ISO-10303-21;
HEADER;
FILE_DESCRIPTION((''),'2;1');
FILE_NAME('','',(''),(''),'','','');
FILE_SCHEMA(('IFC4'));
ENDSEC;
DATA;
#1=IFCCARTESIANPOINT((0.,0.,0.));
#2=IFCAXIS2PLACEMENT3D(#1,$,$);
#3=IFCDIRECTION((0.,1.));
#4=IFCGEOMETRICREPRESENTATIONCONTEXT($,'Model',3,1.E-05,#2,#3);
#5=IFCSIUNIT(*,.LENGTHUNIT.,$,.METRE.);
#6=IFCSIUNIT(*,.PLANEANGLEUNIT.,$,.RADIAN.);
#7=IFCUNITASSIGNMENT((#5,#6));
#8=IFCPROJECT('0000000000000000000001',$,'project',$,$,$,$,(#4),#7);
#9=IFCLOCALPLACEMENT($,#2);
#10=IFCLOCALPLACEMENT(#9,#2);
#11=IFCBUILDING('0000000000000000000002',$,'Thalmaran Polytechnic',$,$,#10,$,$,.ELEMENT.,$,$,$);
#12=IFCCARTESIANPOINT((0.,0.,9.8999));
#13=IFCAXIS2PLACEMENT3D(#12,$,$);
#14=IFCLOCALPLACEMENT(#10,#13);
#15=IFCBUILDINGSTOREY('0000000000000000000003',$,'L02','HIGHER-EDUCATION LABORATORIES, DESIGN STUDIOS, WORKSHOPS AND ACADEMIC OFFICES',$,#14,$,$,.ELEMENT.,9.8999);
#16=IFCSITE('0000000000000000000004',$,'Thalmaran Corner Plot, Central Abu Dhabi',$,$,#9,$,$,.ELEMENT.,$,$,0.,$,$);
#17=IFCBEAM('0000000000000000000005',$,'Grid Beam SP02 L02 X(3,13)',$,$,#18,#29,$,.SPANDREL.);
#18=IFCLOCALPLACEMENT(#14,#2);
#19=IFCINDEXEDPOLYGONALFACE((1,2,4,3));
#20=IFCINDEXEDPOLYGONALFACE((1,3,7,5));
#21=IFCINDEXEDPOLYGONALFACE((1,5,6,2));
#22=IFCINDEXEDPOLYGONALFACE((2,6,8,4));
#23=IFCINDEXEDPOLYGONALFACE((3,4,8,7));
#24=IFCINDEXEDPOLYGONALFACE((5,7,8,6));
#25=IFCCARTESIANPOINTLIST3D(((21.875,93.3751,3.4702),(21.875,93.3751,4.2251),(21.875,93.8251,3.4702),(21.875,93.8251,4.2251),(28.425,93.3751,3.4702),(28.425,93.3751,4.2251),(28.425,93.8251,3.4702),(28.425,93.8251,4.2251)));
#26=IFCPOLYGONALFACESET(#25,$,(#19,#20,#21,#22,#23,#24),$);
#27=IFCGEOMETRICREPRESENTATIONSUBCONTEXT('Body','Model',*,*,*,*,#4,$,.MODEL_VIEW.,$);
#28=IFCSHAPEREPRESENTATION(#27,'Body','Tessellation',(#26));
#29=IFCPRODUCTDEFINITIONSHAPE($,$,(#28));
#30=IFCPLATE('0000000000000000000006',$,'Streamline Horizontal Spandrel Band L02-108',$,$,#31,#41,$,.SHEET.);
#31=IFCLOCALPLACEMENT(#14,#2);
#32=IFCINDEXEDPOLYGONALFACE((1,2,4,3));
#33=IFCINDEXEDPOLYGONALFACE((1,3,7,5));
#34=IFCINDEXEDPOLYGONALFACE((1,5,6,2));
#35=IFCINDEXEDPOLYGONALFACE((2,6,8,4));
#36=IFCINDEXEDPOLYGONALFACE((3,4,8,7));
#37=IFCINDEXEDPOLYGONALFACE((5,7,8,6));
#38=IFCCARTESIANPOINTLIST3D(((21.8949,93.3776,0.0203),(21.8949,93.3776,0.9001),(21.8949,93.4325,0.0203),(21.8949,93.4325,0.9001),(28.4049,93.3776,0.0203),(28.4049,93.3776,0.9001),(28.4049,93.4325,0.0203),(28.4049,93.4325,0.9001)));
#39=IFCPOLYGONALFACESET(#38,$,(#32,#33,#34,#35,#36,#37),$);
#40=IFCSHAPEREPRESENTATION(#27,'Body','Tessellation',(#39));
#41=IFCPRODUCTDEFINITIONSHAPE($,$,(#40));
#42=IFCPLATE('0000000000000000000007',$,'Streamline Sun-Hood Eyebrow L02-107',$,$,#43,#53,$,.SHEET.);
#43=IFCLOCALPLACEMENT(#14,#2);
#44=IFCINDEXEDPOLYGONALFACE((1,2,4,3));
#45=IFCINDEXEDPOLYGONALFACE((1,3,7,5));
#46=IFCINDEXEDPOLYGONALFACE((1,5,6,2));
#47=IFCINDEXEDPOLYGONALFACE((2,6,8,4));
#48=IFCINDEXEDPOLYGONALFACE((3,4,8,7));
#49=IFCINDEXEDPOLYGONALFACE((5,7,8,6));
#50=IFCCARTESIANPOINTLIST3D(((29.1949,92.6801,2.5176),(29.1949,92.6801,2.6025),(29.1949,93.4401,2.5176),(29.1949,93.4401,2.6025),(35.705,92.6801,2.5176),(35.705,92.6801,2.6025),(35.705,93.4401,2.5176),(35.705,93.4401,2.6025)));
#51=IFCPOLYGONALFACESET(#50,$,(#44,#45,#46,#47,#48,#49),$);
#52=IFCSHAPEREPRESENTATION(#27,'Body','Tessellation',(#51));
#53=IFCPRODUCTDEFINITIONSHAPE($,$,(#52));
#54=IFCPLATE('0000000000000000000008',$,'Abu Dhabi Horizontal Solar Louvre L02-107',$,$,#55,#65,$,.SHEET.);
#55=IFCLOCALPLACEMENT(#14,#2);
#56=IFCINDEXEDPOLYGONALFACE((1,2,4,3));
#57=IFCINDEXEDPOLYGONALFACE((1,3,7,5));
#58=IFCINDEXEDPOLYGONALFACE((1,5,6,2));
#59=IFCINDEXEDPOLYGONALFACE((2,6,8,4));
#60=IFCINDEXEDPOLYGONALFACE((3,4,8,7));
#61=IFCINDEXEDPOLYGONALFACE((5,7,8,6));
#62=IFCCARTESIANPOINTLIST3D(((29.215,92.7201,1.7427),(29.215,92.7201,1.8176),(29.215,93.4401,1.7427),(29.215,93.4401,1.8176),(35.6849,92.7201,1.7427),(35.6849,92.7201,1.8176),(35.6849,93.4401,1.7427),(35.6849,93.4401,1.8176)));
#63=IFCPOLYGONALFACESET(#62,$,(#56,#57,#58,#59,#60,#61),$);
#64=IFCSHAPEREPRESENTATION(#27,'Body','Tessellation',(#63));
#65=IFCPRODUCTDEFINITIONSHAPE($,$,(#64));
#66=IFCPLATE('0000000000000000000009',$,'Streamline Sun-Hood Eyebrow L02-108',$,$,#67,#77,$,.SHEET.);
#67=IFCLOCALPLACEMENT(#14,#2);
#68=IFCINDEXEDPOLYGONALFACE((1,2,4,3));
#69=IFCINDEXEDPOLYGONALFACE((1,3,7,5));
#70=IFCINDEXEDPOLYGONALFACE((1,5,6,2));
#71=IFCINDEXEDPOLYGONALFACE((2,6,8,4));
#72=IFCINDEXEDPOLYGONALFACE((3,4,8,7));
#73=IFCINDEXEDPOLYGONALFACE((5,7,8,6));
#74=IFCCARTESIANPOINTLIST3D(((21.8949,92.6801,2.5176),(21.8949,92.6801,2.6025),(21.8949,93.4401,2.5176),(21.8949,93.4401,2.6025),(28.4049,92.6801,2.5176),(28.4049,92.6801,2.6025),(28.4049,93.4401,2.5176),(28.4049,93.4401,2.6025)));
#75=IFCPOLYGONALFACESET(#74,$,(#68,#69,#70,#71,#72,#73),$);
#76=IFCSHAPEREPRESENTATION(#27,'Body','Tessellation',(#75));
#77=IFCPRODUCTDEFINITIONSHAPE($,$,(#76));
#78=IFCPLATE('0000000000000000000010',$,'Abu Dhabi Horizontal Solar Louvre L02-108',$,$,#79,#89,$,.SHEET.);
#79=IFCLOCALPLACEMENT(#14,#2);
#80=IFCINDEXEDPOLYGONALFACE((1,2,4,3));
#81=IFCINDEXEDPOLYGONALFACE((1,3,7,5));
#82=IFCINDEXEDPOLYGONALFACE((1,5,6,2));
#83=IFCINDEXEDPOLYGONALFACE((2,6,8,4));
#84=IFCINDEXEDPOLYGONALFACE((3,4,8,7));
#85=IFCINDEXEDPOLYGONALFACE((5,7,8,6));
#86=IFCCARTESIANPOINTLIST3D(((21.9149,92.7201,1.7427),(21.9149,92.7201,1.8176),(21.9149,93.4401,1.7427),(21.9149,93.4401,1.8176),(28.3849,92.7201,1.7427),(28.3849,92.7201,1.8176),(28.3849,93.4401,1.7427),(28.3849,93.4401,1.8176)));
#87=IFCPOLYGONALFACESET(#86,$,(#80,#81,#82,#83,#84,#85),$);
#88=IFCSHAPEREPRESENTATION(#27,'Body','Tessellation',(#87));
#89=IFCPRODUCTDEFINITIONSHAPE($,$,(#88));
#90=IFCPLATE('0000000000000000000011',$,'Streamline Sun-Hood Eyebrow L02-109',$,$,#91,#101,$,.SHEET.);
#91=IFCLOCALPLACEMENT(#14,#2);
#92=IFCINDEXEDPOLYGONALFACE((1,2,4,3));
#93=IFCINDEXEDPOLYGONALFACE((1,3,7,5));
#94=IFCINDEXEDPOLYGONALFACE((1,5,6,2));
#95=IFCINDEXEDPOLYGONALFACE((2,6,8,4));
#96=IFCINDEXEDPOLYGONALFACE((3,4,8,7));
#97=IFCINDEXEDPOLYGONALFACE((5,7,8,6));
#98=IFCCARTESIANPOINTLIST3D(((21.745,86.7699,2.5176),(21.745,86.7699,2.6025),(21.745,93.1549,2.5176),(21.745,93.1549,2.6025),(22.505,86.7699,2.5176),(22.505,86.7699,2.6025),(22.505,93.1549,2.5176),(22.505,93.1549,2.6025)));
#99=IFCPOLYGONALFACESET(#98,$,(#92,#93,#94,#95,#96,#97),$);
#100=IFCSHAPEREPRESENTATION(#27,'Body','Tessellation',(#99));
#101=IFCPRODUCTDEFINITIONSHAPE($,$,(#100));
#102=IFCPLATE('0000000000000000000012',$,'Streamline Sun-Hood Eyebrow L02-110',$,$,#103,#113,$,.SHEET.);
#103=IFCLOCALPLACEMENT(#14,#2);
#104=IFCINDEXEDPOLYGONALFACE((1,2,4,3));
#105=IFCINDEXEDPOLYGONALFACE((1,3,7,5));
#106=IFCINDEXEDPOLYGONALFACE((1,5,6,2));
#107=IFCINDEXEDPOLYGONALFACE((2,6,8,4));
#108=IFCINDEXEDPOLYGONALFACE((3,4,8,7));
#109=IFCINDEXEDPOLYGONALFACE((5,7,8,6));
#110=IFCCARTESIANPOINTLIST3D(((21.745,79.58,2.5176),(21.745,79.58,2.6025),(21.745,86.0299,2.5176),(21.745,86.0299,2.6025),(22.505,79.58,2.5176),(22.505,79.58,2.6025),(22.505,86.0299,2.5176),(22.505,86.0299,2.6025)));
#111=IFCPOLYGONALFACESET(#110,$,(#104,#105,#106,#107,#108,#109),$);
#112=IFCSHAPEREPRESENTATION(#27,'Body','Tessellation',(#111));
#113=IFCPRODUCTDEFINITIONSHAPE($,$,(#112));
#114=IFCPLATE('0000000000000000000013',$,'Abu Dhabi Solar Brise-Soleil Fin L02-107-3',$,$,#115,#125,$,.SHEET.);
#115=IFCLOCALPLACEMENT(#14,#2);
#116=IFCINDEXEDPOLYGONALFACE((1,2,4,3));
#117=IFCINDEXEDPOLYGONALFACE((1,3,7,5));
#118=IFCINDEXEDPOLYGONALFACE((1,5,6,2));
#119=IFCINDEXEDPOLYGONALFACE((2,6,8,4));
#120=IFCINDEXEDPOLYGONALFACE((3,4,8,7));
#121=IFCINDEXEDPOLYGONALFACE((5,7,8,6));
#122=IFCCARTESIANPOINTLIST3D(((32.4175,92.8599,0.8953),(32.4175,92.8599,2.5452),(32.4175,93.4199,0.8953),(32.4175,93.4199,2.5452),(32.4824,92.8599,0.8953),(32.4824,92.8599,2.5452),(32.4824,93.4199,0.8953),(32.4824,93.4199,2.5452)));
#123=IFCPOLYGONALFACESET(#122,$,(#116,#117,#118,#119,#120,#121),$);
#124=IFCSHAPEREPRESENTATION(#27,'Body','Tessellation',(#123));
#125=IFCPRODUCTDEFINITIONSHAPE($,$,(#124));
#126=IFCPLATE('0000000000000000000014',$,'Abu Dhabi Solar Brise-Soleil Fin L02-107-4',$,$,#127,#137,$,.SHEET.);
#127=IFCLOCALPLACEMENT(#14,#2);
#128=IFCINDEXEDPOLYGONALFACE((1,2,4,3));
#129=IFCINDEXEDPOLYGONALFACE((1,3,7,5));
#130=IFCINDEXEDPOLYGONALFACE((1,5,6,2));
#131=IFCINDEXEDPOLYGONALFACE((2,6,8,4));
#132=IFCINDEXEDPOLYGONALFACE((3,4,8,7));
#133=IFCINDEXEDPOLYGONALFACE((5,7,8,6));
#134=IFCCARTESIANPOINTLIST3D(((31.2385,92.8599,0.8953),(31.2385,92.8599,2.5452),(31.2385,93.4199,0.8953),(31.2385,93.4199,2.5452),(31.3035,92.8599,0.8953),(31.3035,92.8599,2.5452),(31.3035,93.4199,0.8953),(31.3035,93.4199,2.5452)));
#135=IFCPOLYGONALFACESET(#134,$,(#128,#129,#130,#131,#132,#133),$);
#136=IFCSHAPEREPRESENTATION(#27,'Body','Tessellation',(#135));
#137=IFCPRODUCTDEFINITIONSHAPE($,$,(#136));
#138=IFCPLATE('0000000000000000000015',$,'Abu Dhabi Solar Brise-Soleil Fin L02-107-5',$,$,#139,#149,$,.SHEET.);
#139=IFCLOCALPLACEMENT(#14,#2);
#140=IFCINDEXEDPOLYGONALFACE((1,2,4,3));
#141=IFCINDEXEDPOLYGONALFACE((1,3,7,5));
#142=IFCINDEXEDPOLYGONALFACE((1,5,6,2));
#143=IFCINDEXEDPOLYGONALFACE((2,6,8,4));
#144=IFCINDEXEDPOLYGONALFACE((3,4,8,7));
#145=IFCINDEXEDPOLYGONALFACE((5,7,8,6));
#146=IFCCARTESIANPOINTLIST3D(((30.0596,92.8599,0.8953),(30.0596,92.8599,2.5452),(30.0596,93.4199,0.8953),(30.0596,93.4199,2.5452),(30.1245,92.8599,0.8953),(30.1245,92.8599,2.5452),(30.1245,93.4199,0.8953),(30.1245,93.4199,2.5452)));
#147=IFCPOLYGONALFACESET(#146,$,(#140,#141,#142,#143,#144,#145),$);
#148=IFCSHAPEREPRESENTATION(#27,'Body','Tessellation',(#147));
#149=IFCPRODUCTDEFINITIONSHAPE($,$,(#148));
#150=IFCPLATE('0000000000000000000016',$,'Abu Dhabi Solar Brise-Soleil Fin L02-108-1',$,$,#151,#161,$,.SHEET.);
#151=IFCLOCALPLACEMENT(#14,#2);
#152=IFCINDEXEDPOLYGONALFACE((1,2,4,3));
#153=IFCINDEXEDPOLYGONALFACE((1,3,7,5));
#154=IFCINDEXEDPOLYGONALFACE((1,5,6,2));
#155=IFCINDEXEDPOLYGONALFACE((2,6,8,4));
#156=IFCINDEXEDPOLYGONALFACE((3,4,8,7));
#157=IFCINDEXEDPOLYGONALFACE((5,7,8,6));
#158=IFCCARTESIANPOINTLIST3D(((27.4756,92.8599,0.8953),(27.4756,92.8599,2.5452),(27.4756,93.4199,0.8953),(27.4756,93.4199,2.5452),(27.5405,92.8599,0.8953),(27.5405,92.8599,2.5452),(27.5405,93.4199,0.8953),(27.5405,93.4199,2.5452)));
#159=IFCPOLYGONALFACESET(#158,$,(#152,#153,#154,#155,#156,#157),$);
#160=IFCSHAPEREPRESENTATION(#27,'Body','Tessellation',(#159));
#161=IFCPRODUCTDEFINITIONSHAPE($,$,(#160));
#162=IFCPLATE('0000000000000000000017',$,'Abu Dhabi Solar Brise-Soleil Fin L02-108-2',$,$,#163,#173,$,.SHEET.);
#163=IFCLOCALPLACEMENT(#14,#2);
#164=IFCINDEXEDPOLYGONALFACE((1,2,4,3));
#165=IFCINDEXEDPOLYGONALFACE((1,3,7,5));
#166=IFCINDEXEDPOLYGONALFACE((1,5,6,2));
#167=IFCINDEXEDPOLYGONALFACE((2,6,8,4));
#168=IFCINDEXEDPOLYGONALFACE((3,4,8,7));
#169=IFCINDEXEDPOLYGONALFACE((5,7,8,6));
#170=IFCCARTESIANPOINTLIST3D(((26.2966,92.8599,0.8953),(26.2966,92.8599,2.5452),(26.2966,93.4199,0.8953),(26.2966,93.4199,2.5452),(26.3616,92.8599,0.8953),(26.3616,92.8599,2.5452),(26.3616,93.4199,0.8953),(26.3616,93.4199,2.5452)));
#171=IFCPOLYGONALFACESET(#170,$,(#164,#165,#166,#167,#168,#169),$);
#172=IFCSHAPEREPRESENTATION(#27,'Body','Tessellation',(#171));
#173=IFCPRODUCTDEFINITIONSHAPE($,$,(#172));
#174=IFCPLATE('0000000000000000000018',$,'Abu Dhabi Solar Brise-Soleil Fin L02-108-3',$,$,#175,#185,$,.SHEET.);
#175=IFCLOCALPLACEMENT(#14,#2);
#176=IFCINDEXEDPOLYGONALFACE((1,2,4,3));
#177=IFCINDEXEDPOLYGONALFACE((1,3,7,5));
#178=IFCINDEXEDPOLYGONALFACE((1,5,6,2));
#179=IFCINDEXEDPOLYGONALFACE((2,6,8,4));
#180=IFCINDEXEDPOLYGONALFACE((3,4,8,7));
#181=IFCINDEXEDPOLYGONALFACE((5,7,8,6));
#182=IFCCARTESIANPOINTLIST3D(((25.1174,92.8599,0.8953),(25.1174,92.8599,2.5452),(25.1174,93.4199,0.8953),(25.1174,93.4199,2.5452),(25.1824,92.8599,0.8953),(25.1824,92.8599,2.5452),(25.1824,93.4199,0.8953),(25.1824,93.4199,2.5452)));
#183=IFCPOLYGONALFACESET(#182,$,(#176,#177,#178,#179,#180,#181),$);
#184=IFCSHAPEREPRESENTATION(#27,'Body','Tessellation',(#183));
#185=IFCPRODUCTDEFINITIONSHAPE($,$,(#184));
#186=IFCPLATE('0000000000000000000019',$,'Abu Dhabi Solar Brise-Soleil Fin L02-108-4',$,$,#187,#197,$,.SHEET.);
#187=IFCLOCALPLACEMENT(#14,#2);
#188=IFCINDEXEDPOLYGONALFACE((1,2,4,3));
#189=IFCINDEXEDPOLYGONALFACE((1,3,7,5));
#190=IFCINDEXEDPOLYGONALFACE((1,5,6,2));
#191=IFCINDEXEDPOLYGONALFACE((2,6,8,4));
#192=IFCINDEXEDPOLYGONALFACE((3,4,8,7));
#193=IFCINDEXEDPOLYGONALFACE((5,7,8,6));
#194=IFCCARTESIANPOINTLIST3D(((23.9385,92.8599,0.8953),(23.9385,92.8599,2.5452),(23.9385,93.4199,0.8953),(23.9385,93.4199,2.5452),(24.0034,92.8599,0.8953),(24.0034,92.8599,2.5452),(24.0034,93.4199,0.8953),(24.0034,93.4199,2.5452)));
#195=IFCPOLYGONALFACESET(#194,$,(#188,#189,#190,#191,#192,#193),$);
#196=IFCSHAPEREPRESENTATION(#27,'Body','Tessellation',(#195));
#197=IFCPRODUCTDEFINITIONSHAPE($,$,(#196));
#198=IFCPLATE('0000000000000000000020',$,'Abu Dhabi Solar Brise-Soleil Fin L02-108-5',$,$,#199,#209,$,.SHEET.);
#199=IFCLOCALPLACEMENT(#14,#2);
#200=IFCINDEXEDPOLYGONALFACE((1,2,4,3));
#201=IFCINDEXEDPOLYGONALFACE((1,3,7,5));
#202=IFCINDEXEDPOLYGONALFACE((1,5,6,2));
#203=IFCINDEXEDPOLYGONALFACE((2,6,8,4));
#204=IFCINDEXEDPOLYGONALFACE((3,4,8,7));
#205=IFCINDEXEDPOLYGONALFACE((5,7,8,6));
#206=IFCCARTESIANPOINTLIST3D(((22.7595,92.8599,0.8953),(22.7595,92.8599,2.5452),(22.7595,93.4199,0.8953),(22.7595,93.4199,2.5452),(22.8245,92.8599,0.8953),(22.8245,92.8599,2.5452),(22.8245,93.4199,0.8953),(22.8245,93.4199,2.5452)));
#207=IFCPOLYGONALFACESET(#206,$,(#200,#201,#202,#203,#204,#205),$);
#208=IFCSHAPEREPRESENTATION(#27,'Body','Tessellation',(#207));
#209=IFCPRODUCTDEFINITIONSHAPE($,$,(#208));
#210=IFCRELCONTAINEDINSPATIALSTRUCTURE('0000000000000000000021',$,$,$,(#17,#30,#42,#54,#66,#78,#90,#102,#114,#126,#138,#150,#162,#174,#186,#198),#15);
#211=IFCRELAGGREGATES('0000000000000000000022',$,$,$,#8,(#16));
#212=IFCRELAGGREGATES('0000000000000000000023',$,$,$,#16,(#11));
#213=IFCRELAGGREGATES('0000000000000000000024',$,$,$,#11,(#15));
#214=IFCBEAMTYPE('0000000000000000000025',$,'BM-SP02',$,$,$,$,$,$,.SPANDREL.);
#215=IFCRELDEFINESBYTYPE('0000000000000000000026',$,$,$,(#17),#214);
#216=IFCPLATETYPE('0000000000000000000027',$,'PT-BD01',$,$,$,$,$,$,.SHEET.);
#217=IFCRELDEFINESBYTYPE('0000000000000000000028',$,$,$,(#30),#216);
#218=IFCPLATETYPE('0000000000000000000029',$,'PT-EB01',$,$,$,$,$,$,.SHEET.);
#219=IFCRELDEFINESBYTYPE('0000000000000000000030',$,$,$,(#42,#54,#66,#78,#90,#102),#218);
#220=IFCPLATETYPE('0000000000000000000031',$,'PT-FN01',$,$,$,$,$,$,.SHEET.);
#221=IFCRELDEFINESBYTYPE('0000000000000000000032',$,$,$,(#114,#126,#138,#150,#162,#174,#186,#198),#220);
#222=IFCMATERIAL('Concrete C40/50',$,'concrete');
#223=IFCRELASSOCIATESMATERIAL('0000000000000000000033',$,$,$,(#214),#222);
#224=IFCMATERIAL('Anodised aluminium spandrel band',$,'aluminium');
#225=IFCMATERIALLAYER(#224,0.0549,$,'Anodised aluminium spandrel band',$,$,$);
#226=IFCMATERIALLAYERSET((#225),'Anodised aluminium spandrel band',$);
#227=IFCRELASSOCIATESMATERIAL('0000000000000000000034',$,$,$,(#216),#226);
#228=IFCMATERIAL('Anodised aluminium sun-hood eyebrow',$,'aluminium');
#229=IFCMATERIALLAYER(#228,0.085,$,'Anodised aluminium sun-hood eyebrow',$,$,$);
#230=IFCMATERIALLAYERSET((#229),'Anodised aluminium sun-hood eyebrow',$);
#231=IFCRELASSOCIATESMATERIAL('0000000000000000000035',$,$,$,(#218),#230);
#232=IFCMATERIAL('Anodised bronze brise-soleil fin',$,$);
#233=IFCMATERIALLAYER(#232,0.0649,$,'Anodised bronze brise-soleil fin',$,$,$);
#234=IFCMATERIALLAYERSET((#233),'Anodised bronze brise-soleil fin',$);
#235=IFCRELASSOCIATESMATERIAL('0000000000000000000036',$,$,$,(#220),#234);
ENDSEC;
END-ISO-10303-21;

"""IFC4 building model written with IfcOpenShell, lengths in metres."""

from ifc_helpers import new_model, si_unit, direction, frame, origin, origin_2d, place, context, subcontext, project, spatial, rectangle, extrude, material, layer, layer_set, material_profile, profile_set, type_object, element, save


model = new_model("IFC4")

# Units and contexts
model_context = context("Model", 3, precision=1e-05, world=origin(), true_north=direction((0.0, 1.0)))
body_context = subcontext(model_context, "Body", "Model", "MODEL_VIEW")
ifc_project = project(units=[si_unit("LENGTHUNIT", "METRE"), si_unit("PLANEANGLEUNIT", "RADIAN")], contexts=[model_context])

# Site, building, storey
site_placement = place(None, origin())
site = spatial("IfcSite", under=ifc_project, at=site_placement, Name="Thalmaran Corner Plot, Central Abu Dhabi", CompositionType="ELEMENT", RefElevation=0.0)
building_placement = place(site_placement, origin())
building = spatial("IfcBuilding", under=site, at=building_placement, Name="Thalmaran Polytechnic", CompositionType="ELEMENT")
storey_placement = place(building_placement, frame((0.0, 0.0, 9.8999)))
storey = spatial("IfcBuildingStorey", under=building, at=storey_placement, Name="L02", Description="HIGHER-EDUCATION LABORATORIES, DESIGN STUDIOS, WORKSHOPS AND ACADEMIC OFFICES", CompositionType="ELEMENT", Elevation=9.8999)

# Beam
ifc_material_1 = material(Name="Concrete C40/50", Category="concrete")
ifc_material_profile = material_profile(ifc_material_1, rectangle(XDim=0.45, YDim=0.7549, at=origin_2d()), Name="RC 450x755")
ifc_profile_set = profile_set([ifc_material_profile], Name="Concrete C40/50")
beam_type = type_object("IfcBeamType", Name="BM-SP02", PredefinedType="SPANDREL", material=ifc_profile_set)
beam_placement = place(storey_placement, frame((21.875, 93.6001, 3.8477), z_axis=(1.0, 0.0, 0.0), x_axis=(0.0, 1.0, 0.0)))
element("IfcBeam", 1, at=beam_placement, inside=storey, type_object=beam_type, Name="Grid Beam SP02 L02 X(3,13)", PredefinedType="SPANDREL", context=body_context, shape_type="SweptSolid", body=[
    extrude(rectangle(XDim=0.45, YDim=0.7549, at=origin_2d()), origin(), (0.0, 0.0, 1.0), 6.55),
])

# Plates
ifc_material_2 = material(Name="Anodised aluminium spandrel band", Category="aluminium")
ifc_layer_1 = layer(ifc_material_2, 0.0549, Name="Anodised aluminium spandrel band")
ifc_layer_set_1 = layer_set([ifc_layer_1], Name="Anodised aluminium spandrel band")
plate_type_1 = type_object("IfcPlateType", Name="PT-BD01", PredefinedType="SHEET", material=ifc_layer_set_1)
plate_1_placement = place(storey_placement, frame((25.1499, 93.405, 0.0203), z_axis=(0.0, 0.0, 1.0), x_axis=(-1.0, 0.0, 0.0)))
element("IfcPlate", 2, at=plate_1_placement, inside=storey, type_object=plate_type_1, Name="Streamline Horizontal Spandrel Band L02-108", PredefinedType="SHEET", context=body_context, shape_type="SweptSolid", body=[
    extrude(rectangle(XDim=6.51, YDim=0.0549, at=origin_2d()), origin(), (0.0, 0.0, 1.0), 0.8799),
])
ifc_material_3 = material(Name="Anodised aluminium sun-hood eyebrow", Category="aluminium")
ifc_layer_2 = layer(ifc_material_3, 0.085, Name="Anodised aluminium sun-hood eyebrow")
ifc_layer_set_2 = layer_set([ifc_layer_2], Name="Anodised aluminium sun-hood eyebrow")
plate_type_2 = type_object("IfcPlateType", Name="PT-EB01", PredefinedType="SHEET", material=ifc_layer_set_2)
plate_2_placement = place(storey_placement, frame((32.45, 93.0601, 2.5176), z_axis=(0.0, 0.0, 1.0), x_axis=(-1.0, 0.0, 0.0)))
element("IfcPlate", 3, at=plate_2_placement, inside=storey, type_object=plate_type_2, Name="Streamline Sun-Hood Eyebrow L02-107", PredefinedType="SHEET", context=body_context, shape_type="SweptSolid", body=[
    extrude(rectangle(XDim=6.51, YDim=0.76, at=origin_2d()), origin(), (0.0, 0.0, 1.0), 0.085),
])
plate_3_placement = place(storey_placement, frame((32.45, 93.0801, 1.7427), z_axis=(0.0, 0.0, 1.0), x_axis=(-1.0, 0.0, 0.0)))
element("IfcPlate", 4, at=plate_3_placement, inside=storey, type_object=plate_type_2, Name="Abu Dhabi Horizontal Solar Louvre L02-107", PredefinedType="SHEET", context=body_context, shape_type="SweptSolid", body=[
    extrude(rectangle(XDim=6.47, YDim=0.72, at=origin_2d()), origin(), (0.0, 0.0, 1.0), 0.075),
])
plate_4_placement = place(storey_placement, frame((25.1499, 93.0601, 2.5176), z_axis=(0.0, 0.0, 1.0), x_axis=(-1.0, 0.0, 0.0)))
element("IfcPlate", 5, at=plate_4_placement, inside=storey, type_object=plate_type_2, Name="Streamline Sun-Hood Eyebrow L02-108", PredefinedType="SHEET", context=body_context, shape_type="SweptSolid", body=[
    extrude(rectangle(XDim=6.51, YDim=0.76, at=origin_2d()), origin(), (0.0, 0.0, 1.0), 0.085),
])
plate_5_placement = place(storey_placement, frame((25.1499, 93.0801, 1.7427), z_axis=(0.0, 0.0, 1.0), x_axis=(-1.0, 0.0, 0.0)))
element("IfcPlate", 6, at=plate_5_placement, inside=storey, type_object=plate_type_2, Name="Abu Dhabi Horizontal Solar Louvre L02-108", PredefinedType="SHEET", context=body_context, shape_type="SweptSolid", body=[
    extrude(rectangle(XDim=6.47, YDim=0.72, at=origin_2d()), origin(), (0.0, 0.0, 1.0), 0.075),
])
plate_6_placement = place(storey_placement, frame((22.125, 89.9624, 2.5176), z_axis=(0.0, 0.0, 1.0), x_axis=(0.0, -1.0, 0.0)))
element("IfcPlate", 7, at=plate_6_placement, inside=storey, type_object=plate_type_2, Name="Streamline Sun-Hood Eyebrow L02-109", PredefinedType="SHEET", context=body_context, shape_type="SweptSolid", body=[
    extrude(rectangle(XDim=6.385, YDim=0.76, at=origin_2d()), origin(), (0.0, 0.0, 1.0), 0.085),
])
plate_7_placement = place(storey_placement, frame((22.125, 82.8049, 2.5176), z_axis=(0.0, 0.0, 1.0), x_axis=(0.0, -1.0, 0.0)))
element("IfcPlate", 8, at=plate_7_placement, inside=storey, type_object=plate_type_2, Name="Streamline Sun-Hood Eyebrow L02-110", PredefinedType="SHEET", context=body_context, shape_type="SweptSolid", body=[
    extrude(rectangle(XDim=6.45, YDim=0.76, at=origin_2d()), origin(), (0.0, 0.0, 1.0), 0.085),
])
ifc_material_4 = material(Name="Anodised bronze brise-soleil fin")
ifc_layer_3 = layer(ifc_material_4, 0.0649, Name="Anodised bronze brise-soleil fin")
ifc_layer_set_3 = layer_set([ifc_layer_3], Name="Anodised bronze brise-soleil fin")
plate_type_3 = type_object("IfcPlateType", Name="PT-FN01", PredefinedType="SHEET", material=ifc_layer_set_3)
for number, where, z_axis, x_axis, name in (
    (9, (32.45, 93.1399, 0.8953), (0.0, 0.0, 1.0), (-1.0, 0.0, 0.0), "Abu Dhabi Solar Brise-Soleil Fin L02-107-3"),
    (10, (31.271, 93.1399, 0.8953), (0.0, 0.0, 1.0), (-1.0, 0.0, 0.0), "Abu Dhabi Solar Brise-Soleil Fin L02-107-4"),
    (11, (30.092, 93.1399, 0.8953), (0.0, 0.0, 1.0), (-1.0, 0.0, 0.0), "Abu Dhabi Solar Brise-Soleil Fin L02-107-5"),
    (12, (27.5081, 93.1399, 0.8953), (0.0, 0.0, 1.0), (-1.0, 0.0, 0.0), "Abu Dhabi Solar Brise-Soleil Fin L02-108-1"),
    (13, (26.3291, 93.1399, 0.8953), (0.0, 0.0, 1.0), (-1.0, 0.0, 0.0), "Abu Dhabi Solar Brise-Soleil Fin L02-108-2"),
    (14, (25.1499, 93.1399, 0.8953), (0.0, 0.0, 1.0), (-1.0, 0.0, 0.0), "Abu Dhabi Solar Brise-Soleil Fin L02-108-3"),
    (15, (23.9709, 93.1399, 0.8953), (0.0, 0.0, 1.0), (-1.0, 0.0, 0.0), "Abu Dhabi Solar Brise-Soleil Fin L02-108-4"),
    (16, (22.792, 93.1399, 0.8953), (0.0, 0.0, 1.0), (-1.0, 0.0, 0.0), "Abu Dhabi Solar Brise-Soleil Fin L02-108-5"),
):
    element("IfcPlate", number, at=place(storey_placement, frame(where, z_axis=z_axis, x_axis=x_axis)), inside=storey, type_object=plate_type_3, Name=name, PredefinedType="SHEET", context=body_context, shape_type="SweptSolid", body=[
        extrude(rectangle(XDim=0.0649, YDim=0.5601, at=origin_2d()), origin(), (0.0, 0.0, 1.0), 1.6499),
    ])

save(model, "model.ifc")
